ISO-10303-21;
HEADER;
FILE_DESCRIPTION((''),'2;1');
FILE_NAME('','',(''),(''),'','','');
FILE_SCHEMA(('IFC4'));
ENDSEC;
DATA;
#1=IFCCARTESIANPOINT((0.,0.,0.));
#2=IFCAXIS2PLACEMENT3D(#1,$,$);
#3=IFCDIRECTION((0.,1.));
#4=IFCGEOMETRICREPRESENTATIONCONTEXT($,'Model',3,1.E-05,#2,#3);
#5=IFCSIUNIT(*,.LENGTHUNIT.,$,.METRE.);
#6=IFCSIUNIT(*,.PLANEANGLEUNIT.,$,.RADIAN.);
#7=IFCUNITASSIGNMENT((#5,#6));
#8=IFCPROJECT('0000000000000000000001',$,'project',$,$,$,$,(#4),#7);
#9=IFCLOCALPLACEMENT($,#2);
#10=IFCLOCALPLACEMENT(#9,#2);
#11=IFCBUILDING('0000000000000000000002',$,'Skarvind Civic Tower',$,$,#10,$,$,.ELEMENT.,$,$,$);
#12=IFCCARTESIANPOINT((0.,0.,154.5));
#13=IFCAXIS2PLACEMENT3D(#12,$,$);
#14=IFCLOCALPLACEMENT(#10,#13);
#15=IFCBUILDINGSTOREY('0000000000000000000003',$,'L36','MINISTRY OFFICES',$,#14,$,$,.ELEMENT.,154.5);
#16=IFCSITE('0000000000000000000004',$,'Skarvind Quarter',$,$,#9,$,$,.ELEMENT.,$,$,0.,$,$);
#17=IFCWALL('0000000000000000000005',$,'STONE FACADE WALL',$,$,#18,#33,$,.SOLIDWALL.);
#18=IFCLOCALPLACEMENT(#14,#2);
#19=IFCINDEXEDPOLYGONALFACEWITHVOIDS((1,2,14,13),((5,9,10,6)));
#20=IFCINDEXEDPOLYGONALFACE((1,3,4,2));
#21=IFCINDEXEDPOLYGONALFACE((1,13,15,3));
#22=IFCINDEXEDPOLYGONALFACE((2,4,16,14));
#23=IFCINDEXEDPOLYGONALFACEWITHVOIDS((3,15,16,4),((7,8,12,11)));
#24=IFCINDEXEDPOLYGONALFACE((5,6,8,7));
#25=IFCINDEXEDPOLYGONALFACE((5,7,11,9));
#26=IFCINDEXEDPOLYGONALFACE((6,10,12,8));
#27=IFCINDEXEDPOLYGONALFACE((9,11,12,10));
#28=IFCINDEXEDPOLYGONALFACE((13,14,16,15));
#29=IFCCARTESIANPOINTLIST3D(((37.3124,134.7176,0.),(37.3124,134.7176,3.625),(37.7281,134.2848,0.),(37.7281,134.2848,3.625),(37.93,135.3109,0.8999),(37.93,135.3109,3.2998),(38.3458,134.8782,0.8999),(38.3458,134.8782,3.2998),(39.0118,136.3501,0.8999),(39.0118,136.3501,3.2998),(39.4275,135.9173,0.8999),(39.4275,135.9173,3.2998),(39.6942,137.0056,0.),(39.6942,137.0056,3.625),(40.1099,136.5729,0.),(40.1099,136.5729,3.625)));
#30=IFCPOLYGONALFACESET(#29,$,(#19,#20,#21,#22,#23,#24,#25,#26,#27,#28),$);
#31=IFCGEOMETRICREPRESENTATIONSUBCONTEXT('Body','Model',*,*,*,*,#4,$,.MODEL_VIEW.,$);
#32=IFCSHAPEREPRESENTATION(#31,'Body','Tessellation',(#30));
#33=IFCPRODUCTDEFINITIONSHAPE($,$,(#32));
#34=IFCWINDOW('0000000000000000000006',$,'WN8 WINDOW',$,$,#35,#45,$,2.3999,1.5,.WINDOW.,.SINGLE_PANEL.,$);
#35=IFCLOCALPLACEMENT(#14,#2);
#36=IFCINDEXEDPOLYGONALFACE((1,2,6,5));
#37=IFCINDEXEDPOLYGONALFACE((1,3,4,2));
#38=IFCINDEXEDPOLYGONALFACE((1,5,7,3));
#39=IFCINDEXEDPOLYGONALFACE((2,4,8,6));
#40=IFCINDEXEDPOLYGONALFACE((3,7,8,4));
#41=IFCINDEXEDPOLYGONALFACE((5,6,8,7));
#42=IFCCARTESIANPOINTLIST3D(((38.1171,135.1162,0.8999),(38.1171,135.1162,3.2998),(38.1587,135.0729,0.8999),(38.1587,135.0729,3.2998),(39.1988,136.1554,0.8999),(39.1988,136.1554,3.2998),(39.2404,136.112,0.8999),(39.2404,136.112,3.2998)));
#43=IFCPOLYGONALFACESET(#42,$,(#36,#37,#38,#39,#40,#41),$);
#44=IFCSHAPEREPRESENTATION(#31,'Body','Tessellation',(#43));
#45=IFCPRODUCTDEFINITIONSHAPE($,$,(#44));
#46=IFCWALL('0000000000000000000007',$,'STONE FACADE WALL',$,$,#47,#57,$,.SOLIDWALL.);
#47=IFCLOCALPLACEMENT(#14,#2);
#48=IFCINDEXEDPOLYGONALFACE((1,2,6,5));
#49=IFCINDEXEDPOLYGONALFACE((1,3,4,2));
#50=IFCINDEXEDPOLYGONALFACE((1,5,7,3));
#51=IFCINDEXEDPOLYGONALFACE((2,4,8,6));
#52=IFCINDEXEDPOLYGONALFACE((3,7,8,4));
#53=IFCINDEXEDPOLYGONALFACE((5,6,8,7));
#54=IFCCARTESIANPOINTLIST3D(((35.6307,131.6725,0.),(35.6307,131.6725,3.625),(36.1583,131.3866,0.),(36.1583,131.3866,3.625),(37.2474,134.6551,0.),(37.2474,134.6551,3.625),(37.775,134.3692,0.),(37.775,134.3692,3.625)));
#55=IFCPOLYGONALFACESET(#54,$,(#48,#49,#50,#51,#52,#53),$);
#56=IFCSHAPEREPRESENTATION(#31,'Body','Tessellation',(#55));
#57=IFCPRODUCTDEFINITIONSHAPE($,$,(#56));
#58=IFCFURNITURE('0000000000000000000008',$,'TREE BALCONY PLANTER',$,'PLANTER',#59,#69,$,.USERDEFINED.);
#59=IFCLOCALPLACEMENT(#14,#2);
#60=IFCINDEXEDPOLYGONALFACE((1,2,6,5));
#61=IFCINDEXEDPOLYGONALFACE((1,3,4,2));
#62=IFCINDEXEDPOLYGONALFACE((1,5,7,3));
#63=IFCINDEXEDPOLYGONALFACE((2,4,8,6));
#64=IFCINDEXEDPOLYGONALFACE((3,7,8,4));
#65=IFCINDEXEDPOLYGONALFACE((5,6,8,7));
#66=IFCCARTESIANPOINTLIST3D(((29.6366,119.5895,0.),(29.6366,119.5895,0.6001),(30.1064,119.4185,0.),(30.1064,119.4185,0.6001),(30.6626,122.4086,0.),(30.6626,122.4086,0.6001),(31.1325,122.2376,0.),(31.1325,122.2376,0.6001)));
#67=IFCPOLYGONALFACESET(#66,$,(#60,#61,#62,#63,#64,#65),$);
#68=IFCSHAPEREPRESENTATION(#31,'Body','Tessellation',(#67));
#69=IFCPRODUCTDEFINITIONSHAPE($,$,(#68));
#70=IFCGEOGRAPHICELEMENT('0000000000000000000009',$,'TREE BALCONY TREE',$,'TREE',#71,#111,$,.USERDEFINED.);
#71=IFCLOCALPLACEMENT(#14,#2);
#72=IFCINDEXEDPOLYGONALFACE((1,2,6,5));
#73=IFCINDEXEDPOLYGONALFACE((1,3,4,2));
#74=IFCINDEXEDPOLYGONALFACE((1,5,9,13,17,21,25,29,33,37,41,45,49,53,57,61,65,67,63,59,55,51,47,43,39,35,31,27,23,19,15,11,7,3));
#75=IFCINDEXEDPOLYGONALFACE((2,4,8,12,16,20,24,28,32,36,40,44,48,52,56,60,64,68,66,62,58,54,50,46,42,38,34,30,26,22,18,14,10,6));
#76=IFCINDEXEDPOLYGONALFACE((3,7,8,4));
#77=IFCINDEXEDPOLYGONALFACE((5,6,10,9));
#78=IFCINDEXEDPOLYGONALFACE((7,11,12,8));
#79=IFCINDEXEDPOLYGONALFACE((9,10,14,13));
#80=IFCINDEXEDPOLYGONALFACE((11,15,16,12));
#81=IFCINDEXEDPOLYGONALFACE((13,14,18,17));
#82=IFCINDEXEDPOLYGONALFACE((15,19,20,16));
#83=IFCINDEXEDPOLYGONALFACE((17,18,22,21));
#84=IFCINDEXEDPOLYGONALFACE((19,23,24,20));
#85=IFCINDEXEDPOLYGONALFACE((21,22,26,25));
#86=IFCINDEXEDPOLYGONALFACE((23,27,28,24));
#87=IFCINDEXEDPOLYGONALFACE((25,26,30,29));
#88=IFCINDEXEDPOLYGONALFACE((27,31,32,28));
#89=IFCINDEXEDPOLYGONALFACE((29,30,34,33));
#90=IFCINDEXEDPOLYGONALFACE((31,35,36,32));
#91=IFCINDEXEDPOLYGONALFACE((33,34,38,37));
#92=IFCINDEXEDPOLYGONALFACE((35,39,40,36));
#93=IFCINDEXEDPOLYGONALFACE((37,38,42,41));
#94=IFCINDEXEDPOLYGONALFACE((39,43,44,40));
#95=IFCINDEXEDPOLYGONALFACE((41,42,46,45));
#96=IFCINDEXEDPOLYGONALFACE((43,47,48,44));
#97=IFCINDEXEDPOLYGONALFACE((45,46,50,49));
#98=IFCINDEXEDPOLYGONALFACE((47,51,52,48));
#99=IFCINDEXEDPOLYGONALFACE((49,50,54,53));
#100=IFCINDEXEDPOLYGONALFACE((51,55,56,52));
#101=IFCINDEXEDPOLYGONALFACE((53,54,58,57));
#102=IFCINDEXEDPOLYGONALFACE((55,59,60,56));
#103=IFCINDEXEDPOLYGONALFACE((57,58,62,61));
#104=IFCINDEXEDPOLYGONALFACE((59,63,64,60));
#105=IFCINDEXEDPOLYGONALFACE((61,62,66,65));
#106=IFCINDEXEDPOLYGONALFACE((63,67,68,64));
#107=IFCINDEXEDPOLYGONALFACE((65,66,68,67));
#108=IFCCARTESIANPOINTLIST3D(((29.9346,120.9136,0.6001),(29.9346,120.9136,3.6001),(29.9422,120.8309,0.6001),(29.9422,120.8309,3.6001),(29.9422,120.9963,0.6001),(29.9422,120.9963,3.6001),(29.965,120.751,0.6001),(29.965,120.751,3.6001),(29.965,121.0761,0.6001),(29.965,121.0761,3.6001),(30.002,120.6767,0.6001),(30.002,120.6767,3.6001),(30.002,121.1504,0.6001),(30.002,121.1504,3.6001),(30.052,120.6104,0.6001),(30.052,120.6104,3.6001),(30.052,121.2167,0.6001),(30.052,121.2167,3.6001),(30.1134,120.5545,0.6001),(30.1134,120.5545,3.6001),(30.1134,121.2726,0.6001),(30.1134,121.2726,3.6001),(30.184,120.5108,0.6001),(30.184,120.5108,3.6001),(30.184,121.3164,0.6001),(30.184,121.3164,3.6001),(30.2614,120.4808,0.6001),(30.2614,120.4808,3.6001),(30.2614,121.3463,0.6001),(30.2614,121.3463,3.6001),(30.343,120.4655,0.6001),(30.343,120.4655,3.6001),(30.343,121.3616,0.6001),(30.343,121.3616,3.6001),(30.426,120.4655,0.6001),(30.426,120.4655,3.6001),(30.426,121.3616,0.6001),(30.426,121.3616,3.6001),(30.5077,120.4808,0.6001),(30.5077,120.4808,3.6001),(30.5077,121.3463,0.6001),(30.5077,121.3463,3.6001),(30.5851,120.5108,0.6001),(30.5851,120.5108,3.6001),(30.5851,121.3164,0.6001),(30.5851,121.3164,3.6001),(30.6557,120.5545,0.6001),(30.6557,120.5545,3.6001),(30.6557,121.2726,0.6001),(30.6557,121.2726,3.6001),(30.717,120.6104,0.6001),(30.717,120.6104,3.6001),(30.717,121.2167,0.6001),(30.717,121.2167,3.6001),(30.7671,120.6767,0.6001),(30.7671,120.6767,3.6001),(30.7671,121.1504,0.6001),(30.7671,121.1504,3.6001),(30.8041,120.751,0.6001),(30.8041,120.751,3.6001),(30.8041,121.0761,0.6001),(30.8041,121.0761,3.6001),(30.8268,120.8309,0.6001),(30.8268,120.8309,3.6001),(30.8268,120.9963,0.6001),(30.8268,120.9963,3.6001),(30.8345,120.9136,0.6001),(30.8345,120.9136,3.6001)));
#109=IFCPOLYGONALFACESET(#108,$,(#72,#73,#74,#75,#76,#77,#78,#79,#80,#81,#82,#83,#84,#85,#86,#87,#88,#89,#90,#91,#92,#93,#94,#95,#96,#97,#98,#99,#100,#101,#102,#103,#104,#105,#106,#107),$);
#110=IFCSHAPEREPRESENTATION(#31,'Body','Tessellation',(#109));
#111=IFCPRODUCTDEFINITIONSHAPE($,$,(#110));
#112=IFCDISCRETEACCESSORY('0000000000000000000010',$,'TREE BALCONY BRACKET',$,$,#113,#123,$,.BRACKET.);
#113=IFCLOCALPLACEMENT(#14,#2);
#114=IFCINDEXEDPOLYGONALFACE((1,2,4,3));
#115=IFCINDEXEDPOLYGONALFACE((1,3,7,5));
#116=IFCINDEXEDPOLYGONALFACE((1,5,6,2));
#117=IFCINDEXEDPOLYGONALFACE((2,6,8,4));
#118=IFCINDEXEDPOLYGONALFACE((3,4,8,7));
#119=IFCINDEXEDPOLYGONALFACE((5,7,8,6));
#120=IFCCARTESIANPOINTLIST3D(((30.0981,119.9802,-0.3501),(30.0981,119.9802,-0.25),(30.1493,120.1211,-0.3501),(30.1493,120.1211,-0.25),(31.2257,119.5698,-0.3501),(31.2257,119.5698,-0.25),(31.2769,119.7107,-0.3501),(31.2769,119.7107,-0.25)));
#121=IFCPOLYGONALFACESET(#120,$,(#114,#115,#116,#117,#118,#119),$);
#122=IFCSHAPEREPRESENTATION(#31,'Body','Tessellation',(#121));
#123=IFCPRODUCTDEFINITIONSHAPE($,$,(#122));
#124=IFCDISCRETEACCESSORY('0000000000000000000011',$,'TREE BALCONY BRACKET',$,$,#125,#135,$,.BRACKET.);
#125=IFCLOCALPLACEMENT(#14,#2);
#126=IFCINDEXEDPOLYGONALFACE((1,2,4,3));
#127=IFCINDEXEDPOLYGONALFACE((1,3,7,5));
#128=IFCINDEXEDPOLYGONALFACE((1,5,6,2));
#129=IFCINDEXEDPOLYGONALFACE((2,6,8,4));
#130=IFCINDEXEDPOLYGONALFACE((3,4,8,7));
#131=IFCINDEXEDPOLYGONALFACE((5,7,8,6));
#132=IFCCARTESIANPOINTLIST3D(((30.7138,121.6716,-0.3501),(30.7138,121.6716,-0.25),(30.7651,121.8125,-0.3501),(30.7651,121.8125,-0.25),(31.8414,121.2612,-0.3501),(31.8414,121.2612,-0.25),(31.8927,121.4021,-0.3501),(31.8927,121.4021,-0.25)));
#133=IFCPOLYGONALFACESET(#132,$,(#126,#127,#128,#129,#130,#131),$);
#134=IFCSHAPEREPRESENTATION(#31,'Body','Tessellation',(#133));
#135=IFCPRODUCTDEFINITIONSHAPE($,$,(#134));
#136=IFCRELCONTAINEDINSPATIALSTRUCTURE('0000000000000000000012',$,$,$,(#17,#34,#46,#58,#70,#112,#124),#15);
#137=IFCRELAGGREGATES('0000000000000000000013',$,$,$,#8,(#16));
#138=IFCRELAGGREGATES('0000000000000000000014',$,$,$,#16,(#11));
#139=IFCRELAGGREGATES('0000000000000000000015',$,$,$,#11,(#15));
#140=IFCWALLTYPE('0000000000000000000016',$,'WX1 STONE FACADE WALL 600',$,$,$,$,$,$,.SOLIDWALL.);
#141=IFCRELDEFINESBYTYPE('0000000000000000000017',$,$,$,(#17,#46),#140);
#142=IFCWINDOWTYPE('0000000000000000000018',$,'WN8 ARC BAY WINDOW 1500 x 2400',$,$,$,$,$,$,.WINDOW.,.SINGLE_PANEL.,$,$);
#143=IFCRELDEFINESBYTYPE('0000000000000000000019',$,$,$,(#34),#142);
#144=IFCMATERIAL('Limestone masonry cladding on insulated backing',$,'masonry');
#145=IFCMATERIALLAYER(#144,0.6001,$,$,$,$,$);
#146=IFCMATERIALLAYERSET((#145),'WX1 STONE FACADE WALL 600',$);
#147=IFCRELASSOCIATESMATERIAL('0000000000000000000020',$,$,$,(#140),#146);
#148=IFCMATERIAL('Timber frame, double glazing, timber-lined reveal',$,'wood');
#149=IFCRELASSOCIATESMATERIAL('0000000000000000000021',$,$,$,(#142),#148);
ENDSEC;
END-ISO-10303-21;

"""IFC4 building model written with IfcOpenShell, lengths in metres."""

from ifc_helpers import new_model, si_unit, direction, frame, frame_2d, origin, origin_2d, place, context, subcontext, project, spatial, rectangle, circle, extrude, material, layer, layer_set, type_object, element, fill, save


model = new_model("IFC4")

# Units and contexts
model_context = context("Model", 3, precision=1e-05, world=origin(), true_north=direction((0.0, 1.0)))
body_context = subcontext(model_context, "Body", "Model", "MODEL_VIEW")
ifc_project = project(units=[si_unit("LENGTHUNIT", "METRE"), si_unit("PLANEANGLEUNIT", "RADIAN")], contexts=[model_context])

# Site, building, storey
site_placement = place(None, origin())
site = spatial("IfcSite", under=ifc_project, at=site_placement, Name="Skarvind Quarter", CompositionType="ELEMENT", RefElevation=0.0)
building_placement = place(site_placement, origin())
building = spatial("IfcBuilding", under=site, at=building_placement, Name="Skarvind Civic Tower", CompositionType="ELEMENT")
storey_placement = place(building_placement, frame((0.0, 0.0, 154.5)))
storey = spatial("IfcBuildingStorey", under=building, at=storey_placement, Name="L36", Description="MINISTRY OFFICES", CompositionType="ELEMENT", Elevation=154.5)

# Wall, opening, window
ifc_material_1 = material(Name="Limestone masonry cladding on insulated backing", Category="masonry")
ifc_layer_1 = layer(ifc_material_1, 0.6001)
ifc_layer_set_1 = layer_set([ifc_layer_1], Name="WX1 STONE FACADE WALL 600")
wall_type_1 = type_object("IfcWallType", Name="WX1 STONE FACADE WALL 600", PredefinedType="SOLIDWALL", material=ifc_layer_set_1)
ifc_material_2 = material(Name="Timber frame, double glazing, timber-lined reveal", Category="wood")
window_type = type_object("IfcWindowType", Name="WN8 ARC BAY WINDOW 1500 x 2400", PartitioningType="SINGLE_PANEL", PredefinedType="WINDOW", material=ifc_material_2)
wall_1_placement = place(storey_placement, frame((37.5203, 134.5012, 0.0), z_axis=(0.0, 0.0, 1.0), x_axis=(0.721157, 0.692772, 0.0)))
wall_1 = element("IfcWall", 1, at=wall_1_placement, inside=storey, type_object=wall_type_1, Name="STONE FACADE WALL", PredefinedType="SOLIDWALL", context=body_context, shape_type="SweptSolid", body=[
    extrude(rectangle(XDim=3.3027, YDim=0.6001, at=frame_2d((1.6514, 0.0))), origin(), (0.0, 0.0, 1.0), 3.625),
])
opening_1_placement = place(wall_1_placement, frame((0.8564, 0.0, 0.8999)))
opening_1 = element("IfcOpeningElement", 2, at=opening_1_placement, cuts=wall_1, PredefinedType="OPENING", context=body_context, shape_type="SweptSolid", body=[
    extrude(rectangle(XDim=1.5, YDim=2.3999, at=frame_2d((0.75, 1.2))), frame((0.0, 0.3101, 0.0), z_axis=(0.0, -1.0, 0.0), x_axis=(1.0, 0.0, 0.0)), (0.0, 0.0, 1.0), 0.6201),
])
window_1_placement = place(opening_1_placement, origin())
window_1 = element("IfcWindow", 3, at=window_1_placement, inside=storey, type_object=window_type, Name="WN8 WINDOW", OverallHeight=2.3999, OverallWidth=1.5, PartitioningType="SINGLE_PANEL", PredefinedType="WINDOW", context=body_context, shape_type="SweptSolid", body=[
    extrude(rectangle(XDim=1.5, YDim=2.3999, at=frame_2d((0.75, 1.2))), frame((0.0, 0.03, 0.0), z_axis=(0.0, -1.0, 0.0), x_axis=(1.0, 0.0, 0.0)), (0.0, 0.0, 1.0), 0.0601),
])
fill(opening_1, window_1)

# Wall
wall_2_placement = place(storey_placement, frame((35.8945, 131.5295, 0.0), z_axis=(0.0, 0.0, 1.0), x_axis=(0.476531, 0.879158, 0.0)))
element("IfcWall", 4, at=wall_2_placement, inside=storey, type_object=wall_type_1, Name="STONE FACADE WALL", PredefinedType="SOLIDWALL", context=body_context, shape_type="SweptSolid", body=[
    extrude(rectangle(XDim=3.3926, YDim=0.6001, at=frame_2d((1.6963, 0.0))), origin(), (0.0, 0.0, 1.0), 3.625),
])

# Furniture
furniture_placement = place(storey_placement, frame((30.3845, 120.9136, 0.0), z_axis=(0.0, 0.0, 1.0), x_axis=(0.34202, 0.939693, 0.0)))
element("IfcFurniture", 5, at=furniture_placement, inside=storey, Name="TREE BALCONY PLANTER", ObjectType="PLANTER", PredefinedType="USERDEFINED", context=body_context, shape_type="SweptSolid", body=[
    extrude(rectangle(XDim=3.0, YDim=0.5, at=origin_2d()), origin(), (0.0, 0.0, 1.0), 0.6001),
])

# Geographic element
geographic_element_placement = place(storey_placement, frame((30.3845, 120.9136, 0.6001), z_axis=(0.0, 0.0, 1.0), x_axis=(1.0, 0.0, 0.0)))
element("IfcGeographicElement", 6, at=geographic_element_placement, inside=storey, Name="TREE BALCONY TREE", ObjectType="TREE", PredefinedType="USERDEFINED", context=body_context, shape_type="SweptSolid", body=[
    extrude(circle(Radius=0.45, at=origin_2d()), origin(), (0.0, 0.0, 1.0), 3.0),
])

# Discrete accessories
for number, where, z_axis, x_axis, name in (
    (7, (30.6875, 119.8455, -0.3501), (0.0, 0.0, 1.0), (0.34202, 0.939693, 0.0), "TREE BALCONY BRACKET"),
    (8, (31.3032, 121.5369, -0.3501), (0.0, 0.0, 1.0), (0.34202, 0.939693, 0.0), "TREE BALCONY BRACKET"),
):
    element("IfcDiscreteAccessory", number, at=place(storey_placement, frame(where, z_axis=z_axis, x_axis=x_axis)), inside=storey, Name=name, PredefinedType="BRACKET", context=body_context, shape_type="SweptSolid", body=[
        extrude(rectangle(XDim=0.1499, YDim=1.2, at=origin_2d()), origin(), (0.0, 0.0, 1.0), 0.1001),
    ])

save(model, "model.ifc")
